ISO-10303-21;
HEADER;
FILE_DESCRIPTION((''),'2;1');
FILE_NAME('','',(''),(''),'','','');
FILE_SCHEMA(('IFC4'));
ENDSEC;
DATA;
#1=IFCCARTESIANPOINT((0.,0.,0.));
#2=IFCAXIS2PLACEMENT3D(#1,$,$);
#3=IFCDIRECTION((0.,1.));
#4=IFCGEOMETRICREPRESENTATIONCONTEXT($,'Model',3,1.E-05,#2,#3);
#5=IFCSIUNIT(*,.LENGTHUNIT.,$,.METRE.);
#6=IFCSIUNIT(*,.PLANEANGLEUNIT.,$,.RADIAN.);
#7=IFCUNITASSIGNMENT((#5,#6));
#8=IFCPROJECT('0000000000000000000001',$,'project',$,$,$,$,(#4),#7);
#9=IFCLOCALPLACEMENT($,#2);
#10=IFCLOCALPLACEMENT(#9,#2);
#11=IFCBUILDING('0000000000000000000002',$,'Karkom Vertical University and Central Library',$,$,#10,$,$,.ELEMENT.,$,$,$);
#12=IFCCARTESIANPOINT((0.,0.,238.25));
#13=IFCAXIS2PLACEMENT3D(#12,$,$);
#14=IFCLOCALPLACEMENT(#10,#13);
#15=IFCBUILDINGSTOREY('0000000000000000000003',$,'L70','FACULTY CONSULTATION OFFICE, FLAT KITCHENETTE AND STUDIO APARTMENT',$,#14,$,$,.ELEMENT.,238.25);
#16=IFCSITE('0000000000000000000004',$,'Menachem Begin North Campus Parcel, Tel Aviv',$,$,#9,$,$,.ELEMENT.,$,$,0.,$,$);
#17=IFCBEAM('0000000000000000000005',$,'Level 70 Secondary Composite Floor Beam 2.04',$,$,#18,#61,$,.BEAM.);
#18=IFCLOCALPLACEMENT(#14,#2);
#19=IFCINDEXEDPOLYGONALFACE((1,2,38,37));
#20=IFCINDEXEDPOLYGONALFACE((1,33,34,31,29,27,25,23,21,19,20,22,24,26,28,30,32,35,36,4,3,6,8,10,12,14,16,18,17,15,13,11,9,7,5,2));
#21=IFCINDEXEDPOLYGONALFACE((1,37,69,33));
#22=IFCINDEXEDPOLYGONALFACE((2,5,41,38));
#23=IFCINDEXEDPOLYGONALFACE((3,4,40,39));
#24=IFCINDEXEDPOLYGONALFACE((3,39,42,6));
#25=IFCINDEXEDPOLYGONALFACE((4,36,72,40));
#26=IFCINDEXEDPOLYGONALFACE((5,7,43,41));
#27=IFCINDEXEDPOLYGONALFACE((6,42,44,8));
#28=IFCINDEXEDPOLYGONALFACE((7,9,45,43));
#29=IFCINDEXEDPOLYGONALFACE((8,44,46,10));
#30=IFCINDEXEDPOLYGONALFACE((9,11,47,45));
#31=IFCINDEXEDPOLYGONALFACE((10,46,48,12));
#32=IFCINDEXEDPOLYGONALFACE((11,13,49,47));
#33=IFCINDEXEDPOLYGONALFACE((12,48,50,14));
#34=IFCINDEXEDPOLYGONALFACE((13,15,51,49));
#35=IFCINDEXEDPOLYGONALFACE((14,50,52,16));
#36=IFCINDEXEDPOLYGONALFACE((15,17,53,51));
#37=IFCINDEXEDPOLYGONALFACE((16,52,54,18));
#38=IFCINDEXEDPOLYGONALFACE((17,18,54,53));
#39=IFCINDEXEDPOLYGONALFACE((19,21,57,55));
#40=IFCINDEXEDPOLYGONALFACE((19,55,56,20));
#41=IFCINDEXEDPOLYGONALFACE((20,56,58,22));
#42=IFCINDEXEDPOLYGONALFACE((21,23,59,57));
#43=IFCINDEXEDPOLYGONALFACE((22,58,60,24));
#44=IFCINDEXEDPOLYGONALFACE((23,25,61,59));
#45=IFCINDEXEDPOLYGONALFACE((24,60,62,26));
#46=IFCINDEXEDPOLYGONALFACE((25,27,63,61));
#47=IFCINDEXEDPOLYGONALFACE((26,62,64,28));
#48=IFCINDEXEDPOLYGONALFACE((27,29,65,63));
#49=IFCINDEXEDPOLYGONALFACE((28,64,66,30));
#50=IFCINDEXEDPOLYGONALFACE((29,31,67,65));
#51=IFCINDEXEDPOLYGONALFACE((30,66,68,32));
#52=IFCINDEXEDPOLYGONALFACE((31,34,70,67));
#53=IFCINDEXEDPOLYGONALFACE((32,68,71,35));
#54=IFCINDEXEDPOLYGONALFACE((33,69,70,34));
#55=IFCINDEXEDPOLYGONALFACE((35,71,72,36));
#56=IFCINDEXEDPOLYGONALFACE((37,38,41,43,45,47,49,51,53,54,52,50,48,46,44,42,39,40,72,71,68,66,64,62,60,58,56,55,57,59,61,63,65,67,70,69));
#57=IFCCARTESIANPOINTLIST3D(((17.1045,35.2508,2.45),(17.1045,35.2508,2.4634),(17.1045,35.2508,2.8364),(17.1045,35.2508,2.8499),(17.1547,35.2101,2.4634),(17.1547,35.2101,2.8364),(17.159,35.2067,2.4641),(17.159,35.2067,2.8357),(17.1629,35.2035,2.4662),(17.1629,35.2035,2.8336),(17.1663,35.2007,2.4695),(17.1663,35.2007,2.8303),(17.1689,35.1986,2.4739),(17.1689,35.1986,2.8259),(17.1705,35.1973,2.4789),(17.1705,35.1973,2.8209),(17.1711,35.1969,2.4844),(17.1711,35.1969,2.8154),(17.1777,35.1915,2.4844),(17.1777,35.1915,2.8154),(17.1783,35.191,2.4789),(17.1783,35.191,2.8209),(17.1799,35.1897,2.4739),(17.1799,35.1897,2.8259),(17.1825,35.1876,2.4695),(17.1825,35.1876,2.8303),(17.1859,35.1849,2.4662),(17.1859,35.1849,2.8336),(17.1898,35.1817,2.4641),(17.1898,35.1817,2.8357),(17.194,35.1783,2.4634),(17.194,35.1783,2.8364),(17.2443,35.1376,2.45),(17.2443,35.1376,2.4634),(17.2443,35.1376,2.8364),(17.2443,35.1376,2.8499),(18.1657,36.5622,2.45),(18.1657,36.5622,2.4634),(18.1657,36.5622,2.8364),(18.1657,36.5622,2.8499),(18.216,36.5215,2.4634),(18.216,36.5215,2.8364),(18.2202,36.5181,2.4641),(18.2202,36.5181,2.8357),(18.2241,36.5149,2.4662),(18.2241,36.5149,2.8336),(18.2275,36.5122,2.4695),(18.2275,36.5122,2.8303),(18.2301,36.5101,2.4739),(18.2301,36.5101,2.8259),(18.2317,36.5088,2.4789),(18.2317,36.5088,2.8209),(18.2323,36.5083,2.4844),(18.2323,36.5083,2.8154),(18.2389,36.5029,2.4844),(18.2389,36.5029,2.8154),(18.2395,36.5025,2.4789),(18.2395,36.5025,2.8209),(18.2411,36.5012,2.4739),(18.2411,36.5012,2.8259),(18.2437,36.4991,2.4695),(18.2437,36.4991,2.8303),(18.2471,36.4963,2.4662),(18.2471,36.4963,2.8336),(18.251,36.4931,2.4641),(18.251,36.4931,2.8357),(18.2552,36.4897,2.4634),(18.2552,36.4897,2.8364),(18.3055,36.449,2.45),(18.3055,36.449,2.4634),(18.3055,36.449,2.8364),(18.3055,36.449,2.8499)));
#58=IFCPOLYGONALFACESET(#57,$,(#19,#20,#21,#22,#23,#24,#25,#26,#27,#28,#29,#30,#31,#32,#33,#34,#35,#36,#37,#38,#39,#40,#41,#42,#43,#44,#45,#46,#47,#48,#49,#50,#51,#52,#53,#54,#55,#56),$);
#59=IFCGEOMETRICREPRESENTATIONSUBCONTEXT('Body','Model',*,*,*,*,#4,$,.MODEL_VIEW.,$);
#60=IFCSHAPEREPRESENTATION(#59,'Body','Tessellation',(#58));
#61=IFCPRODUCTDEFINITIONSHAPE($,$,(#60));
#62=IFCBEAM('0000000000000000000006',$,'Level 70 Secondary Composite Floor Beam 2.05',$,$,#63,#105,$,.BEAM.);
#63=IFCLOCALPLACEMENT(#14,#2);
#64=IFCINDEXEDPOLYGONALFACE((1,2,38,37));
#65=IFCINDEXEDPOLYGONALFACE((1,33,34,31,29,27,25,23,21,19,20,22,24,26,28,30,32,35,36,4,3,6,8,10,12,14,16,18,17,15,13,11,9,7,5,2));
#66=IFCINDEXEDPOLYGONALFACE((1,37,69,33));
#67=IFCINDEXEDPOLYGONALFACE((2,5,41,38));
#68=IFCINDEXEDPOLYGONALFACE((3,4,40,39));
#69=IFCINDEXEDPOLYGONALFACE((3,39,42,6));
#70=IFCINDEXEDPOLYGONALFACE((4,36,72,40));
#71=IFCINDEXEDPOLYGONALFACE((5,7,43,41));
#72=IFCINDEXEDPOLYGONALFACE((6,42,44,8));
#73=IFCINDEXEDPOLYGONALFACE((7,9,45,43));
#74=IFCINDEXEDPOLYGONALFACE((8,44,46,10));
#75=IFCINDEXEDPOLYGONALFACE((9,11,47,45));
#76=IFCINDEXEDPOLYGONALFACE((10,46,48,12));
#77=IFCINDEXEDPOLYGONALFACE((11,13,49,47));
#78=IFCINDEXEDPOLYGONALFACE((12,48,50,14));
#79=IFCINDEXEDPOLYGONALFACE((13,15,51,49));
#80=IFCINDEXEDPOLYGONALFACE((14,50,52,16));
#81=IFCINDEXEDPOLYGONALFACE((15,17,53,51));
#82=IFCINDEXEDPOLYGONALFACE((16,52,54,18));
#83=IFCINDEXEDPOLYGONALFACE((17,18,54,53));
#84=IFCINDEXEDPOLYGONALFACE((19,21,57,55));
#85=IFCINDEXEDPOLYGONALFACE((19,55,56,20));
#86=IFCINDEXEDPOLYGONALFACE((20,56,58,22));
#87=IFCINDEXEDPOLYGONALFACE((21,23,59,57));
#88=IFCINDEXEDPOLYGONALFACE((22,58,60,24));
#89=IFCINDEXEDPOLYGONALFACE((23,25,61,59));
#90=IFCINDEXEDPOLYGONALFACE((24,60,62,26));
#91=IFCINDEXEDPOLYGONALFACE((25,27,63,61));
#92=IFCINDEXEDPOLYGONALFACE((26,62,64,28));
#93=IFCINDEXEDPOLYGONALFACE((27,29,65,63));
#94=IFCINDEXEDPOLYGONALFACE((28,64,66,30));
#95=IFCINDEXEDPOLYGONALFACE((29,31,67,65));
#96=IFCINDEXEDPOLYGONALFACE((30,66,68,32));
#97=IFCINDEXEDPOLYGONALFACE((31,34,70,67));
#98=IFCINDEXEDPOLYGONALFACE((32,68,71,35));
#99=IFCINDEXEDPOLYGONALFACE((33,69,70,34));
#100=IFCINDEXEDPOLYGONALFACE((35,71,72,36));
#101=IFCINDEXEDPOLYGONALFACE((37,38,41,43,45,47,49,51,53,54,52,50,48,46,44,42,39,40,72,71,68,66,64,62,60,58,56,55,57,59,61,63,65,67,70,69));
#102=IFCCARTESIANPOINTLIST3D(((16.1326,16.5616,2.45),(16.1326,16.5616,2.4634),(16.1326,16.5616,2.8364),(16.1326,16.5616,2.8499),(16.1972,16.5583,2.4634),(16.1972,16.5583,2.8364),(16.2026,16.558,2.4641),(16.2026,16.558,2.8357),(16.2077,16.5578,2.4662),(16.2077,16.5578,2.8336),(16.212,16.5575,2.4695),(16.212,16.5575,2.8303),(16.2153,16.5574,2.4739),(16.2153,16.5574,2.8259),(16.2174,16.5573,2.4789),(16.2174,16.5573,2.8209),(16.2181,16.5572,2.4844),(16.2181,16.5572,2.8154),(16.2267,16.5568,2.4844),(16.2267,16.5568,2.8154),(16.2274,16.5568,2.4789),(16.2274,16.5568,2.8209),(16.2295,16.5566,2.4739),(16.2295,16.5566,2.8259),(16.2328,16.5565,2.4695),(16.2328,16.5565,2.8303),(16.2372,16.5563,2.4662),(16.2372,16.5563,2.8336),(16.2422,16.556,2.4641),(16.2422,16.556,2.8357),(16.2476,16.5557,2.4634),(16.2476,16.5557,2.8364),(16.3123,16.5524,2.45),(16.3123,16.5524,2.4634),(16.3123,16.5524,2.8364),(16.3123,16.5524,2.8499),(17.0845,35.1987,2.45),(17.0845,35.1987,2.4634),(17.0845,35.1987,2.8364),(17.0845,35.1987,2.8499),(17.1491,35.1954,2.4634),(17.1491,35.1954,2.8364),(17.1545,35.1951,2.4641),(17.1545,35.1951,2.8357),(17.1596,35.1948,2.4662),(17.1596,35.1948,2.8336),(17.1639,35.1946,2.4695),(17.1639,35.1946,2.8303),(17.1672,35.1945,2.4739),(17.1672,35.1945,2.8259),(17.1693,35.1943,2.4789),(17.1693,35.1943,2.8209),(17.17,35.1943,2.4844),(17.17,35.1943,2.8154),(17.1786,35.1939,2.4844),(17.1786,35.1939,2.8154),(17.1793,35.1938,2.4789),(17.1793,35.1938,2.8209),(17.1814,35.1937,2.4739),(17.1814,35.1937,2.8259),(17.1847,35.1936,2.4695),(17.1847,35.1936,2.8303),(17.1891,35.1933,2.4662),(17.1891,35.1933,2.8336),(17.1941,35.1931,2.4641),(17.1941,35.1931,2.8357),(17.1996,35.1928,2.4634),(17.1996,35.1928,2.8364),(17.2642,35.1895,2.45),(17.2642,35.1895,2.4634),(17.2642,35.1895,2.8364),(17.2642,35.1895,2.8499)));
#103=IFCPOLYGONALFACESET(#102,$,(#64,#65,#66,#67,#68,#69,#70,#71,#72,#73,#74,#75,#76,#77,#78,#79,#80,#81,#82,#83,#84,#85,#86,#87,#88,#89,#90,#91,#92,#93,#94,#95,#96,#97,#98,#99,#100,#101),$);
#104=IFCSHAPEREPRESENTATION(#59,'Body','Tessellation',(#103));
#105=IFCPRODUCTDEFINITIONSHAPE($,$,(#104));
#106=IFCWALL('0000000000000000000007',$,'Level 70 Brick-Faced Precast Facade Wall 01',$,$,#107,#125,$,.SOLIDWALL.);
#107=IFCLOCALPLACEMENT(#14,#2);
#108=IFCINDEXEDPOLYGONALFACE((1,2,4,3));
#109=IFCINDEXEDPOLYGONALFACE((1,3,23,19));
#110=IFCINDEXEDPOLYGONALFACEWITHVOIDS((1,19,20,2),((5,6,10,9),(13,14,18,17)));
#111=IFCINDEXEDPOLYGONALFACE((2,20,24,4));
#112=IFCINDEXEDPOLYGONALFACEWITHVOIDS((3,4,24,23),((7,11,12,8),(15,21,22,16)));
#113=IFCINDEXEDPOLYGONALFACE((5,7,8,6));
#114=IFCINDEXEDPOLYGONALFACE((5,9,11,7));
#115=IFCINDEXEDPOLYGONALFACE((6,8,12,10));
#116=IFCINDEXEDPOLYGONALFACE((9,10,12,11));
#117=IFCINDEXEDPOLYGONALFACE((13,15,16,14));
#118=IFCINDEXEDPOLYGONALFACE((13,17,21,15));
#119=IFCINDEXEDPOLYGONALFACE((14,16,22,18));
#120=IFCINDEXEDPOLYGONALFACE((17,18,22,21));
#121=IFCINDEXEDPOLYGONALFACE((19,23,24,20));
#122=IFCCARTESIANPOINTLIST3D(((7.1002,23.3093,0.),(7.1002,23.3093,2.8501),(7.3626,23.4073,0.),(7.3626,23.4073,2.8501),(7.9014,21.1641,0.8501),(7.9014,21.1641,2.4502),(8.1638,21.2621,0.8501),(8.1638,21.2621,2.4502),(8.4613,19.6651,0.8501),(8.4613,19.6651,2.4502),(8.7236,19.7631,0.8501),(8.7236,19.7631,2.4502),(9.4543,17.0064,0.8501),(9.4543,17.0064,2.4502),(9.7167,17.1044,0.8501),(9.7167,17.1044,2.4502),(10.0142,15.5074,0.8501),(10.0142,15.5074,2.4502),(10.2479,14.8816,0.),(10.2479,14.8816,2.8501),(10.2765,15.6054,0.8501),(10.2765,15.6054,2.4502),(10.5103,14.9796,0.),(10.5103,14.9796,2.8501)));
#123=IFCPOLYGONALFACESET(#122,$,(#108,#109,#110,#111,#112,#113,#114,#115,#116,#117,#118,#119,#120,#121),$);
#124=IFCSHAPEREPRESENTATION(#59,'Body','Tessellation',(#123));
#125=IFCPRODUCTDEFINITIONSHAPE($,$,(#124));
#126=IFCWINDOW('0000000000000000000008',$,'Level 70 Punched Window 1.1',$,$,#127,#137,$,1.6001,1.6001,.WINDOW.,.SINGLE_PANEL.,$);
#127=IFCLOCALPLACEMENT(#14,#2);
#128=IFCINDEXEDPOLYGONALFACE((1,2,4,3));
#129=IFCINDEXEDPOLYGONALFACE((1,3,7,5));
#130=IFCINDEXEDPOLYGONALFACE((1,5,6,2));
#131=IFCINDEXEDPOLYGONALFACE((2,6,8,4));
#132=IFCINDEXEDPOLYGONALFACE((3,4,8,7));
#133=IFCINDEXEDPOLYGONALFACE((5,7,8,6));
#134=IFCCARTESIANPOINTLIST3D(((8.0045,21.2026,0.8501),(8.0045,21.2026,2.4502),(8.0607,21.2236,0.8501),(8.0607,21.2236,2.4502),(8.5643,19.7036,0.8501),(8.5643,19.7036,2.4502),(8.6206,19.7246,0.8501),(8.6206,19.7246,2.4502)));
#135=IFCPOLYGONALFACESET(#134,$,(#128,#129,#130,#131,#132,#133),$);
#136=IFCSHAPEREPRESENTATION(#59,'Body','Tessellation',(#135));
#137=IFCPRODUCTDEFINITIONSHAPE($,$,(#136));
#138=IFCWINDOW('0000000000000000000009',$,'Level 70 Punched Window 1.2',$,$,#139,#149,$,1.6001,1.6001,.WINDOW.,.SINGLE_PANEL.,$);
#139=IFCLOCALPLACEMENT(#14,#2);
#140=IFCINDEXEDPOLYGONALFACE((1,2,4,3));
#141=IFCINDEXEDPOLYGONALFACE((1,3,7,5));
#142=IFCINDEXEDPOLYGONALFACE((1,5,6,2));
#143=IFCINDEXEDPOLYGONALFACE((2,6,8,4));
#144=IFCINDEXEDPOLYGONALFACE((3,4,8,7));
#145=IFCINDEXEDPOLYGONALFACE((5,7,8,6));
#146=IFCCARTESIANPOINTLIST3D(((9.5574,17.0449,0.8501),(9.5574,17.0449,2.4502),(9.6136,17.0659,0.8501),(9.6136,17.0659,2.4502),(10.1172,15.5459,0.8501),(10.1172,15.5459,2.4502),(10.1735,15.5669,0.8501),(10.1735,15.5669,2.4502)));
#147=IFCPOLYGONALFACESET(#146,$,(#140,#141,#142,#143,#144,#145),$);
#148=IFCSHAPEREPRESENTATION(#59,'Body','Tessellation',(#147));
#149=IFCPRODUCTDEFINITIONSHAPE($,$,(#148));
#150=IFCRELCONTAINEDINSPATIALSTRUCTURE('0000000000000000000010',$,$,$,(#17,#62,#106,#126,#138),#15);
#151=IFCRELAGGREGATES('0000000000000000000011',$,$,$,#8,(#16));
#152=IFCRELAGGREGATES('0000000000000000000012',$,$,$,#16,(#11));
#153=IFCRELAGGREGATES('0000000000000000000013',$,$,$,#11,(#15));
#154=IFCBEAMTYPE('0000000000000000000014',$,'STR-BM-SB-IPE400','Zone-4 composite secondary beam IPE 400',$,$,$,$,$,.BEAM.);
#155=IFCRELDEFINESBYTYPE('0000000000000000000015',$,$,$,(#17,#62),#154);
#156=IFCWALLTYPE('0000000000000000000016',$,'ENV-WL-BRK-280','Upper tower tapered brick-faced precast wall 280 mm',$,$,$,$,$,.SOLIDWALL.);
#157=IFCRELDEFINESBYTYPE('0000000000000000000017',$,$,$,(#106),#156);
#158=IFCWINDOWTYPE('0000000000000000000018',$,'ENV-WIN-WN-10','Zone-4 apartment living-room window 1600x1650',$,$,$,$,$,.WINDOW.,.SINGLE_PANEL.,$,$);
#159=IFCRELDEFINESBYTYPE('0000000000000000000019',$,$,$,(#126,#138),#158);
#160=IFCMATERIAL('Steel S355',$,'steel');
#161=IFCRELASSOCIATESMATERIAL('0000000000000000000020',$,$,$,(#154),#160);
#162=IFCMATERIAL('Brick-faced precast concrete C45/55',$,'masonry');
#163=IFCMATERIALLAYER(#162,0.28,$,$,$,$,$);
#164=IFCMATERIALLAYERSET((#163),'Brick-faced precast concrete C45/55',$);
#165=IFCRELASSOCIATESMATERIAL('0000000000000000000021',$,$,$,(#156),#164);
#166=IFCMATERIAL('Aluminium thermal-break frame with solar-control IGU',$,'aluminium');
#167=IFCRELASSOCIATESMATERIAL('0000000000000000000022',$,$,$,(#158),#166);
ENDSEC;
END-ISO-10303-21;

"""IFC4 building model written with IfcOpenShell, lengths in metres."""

from ifc_helpers import new_model, si_unit, direction, frame, frame_2d, origin, origin_with_axes, origin_2d, place, context, subcontext, project, spatial, rectangle, i_section, extrude, source, transform, mapped, material, layer, layer_set, material_profile, profile_set, type_object, element, fill, save


model = new_model("IFC4")

# Units and contexts
model_context = context("Model", 3, precision=1e-05, world=origin(), true_north=direction((0.0, 1.0)))
body_context = subcontext(model_context, "Body", "Model", "MODEL_VIEW")
ifc_project = project(units=[si_unit("LENGTHUNIT", "METRE"), si_unit("PLANEANGLEUNIT", "RADIAN")], contexts=[model_context])

# Site, building, storey
site_placement = place(None, origin())
site = spatial("IfcSite", under=ifc_project, at=site_placement, Name="Menachem Begin North Campus Parcel, Tel Aviv", CompositionType="ELEMENT", RefElevation=0.0)
building_placement = place(site_placement, origin())
building = spatial("IfcBuilding", under=site, at=building_placement, Name="Karkom Vertical University and Central Library", CompositionType="ELEMENT")
storey_placement = place(building_placement, frame((0.0, 0.0, 238.25)))
storey = spatial("IfcBuildingStorey", under=building, at=storey_placement, Name="L70", Description="FACULTY CONSULTATION OFFICE, FLAT KITCHENETTE AND STUDIO APARTMENT", CompositionType="ELEMENT", Elevation=238.25)

# Beams
ifc_material_1 = material(Name="Steel S355", Category="steel")
ifc_material_profile_1 = material_profile(ifc_material_1, i_section(OverallWidth=0.1799, OverallDepth=0.3999, WebThickness=0.0085, FlangeThickness=0.0134, FilletRadius=0.021, at=origin_2d()), Name="IPE 400")
ifc_profile_set_1 = profile_set([ifc_material_profile_1], Name="Steel S355")
beam_type_1 = type_object("IfcBeamType", Name="STR-BM-SB-IPE400", Description="Zone-4 composite secondary beam IPE 400", PredefinedType="BEAM", material=ifc_profile_set_1)
shared_shape_1 = source(origin_with_axes(), body_context, "Body", "SweptSolid", [
    extrude(i_section(OverallWidth=0.1799, OverallDepth=0.3999, WebThickness=0.0085, FlangeThickness=0.0134, FilletRadius=0.021, at=origin_2d()), origin(), (0.0, 0.0, 1.0), 1.687),
])
beam_1_placement = place(storey_placement, frame((18.2356, 36.5056, 2.6499), z_axis=(-0.629044, -0.77737, 0.0), x_axis=(0.77737, -0.629044, 0.0)))
element("IfcBeam", 1, at=beam_1_placement, inside=storey, type_object=beam_type_1, Name="Level 70 Secondary Composite Floor Beam 2.04", PredefinedType="BEAM", context=body_context, shape_type="MappedRepresentation", body=[
    mapped(shared_shape_1, transform((0.0, 0.0, 0.0), scale=1.0)),
])
shared_shape_2 = source(origin_with_axes(), body_context, "Body", "SweptSolid", [
    extrude(i_section(OverallWidth=0.1799, OverallDepth=0.3999, WebThickness=0.0085, FlangeThickness=0.0134, FilletRadius=0.021, at=origin_2d()), origin(), (0.0, 0.0, 1.0), 18.6614),
])
beam_2_placement = place(storey_placement, frame((17.1743, 35.1941, 2.6499), z_axis=(-0.05101, -0.998698, 0.0), x_axis=(0.998698, -0.05101, 0.0)))
element("IfcBeam", 2, at=beam_2_placement, inside=storey, type_object=beam_type_1, Name="Level 70 Secondary Composite Floor Beam 2.05", PredefinedType="BEAM", context=body_context, shape_type="MappedRepresentation", body=[
    mapped(shared_shape_2, transform((0.0, 0.0, 0.0), scale=1.0)),
])

# Wall, openings, windows
ifc_material_2 = material(Name="Brick-faced precast concrete C45/55", Category="masonry")
ifc_layer_1 = layer(ifc_material_2, 0.28)
ifc_layer_set_1 = layer_set([ifc_layer_1], Name="Brick-faced precast concrete C45/55")
wall_type_1 = type_object("IfcWallType", Name="ENV-WL-BRK-280", Description="Upper tower tapered brick-faced precast wall 280 mm", PredefinedType="SOLIDWALL", material=ifc_layer_set_1)
wall_1_placement = place(storey_placement, frame((7.2314, 23.3582, 0.0), z_axis=(0.0, 0.0, 1.0), x_axis=(0.349886, -0.936792, 0.0)))
wall_1 = element("IfcWall", 3, at=wall_1_placement, inside=storey, type_object=wall_type_1, Name="Level 70 Brick-Faced Precast Facade Wall 01", PredefinedType="SOLIDWALL", context=body_context, shape_type="SweptSolid", body=[
    extrude(rectangle(XDim=8.9963, YDim=0.28, at=frame_2d((4.498, 0.0))), origin(), (0.0, 0.0, 1.0), 2.8501),
])
opening_1_placement = place(wall_1_placement, frame((2.2898, 0.0, 0.8501)))
opening_1 = element("IfcOpeningElement", 4, at=opening_1_placement, cuts=wall_1, PredefinedType="OPENING", context=body_context, shape_type="SweptSolid", body=[
    extrude(rectangle(XDim=1.6001, YDim=1.6001, at=frame_2d((0.8, 0.8))), frame((0.0, 0.1499, 0.0), z_axis=(0.0, -1.0, 0.0), x_axis=(1.0, 0.0, 0.0)), (0.0, 0.0, 1.0), 0.3),
])
opening_2_placement = place(wall_1_placement, frame((6.728, 0.0, 0.8501)))
opening_2 = element("IfcOpeningElement", 5, at=opening_2_placement, cuts=wall_1, PredefinedType="OPENING", context=body_context, shape_type="SweptSolid", body=[
    extrude(rectangle(XDim=1.6001, YDim=1.6001, at=frame_2d((0.8, 0.8))), frame((0.0, 0.1499, 0.0), z_axis=(0.0, -1.0, 0.0), x_axis=(1.0, 0.0, 0.0)), (0.0, 0.0, 1.0), 0.3),
])
ifc_material_3 = material(Name="Aluminium thermal-break frame with solar-control IGU", Category="aluminium")
window_type = type_object("IfcWindowType", Name="ENV-WIN-WN-10", Description="Zone-4 apartment living-room window 1600x1650", PartitioningType="SINGLE_PANEL", PredefinedType="WINDOW", material=ifc_material_3)
shared_shape_3 = source(origin_with_axes(), body_context, "Body", "SweptSolid", [
    extrude(rectangle(XDim=1.6001, YDim=1.6001, at=frame_2d((0.8, 0.8))), frame((0.0, 0.03, 0.0), z_axis=(0.0, -1.0, 0.0), x_axis=(1.0, 0.0, 0.0)), (0.0, 0.0, 1.0), 0.0601),
])
window_1_placement = place(opening_1_placement, origin())
window_1 = element("IfcWindow", 6, at=window_1_placement, inside=storey, type_object=window_type, Name="Level 70 Punched Window 1.1", OverallHeight=1.6001, OverallWidth=1.6001, PartitioningType="SINGLE_PANEL", PredefinedType="WINDOW", context=body_context, shape_type="MappedRepresentation", body=[
    mapped(shared_shape_3, transform((0.0, 0.0, 0.0), scale=1.0)),
])
fill(opening_1, window_1)
window_2_placement = place(opening_2_placement, origin())
window_2 = element("IfcWindow", 7, at=window_2_placement, inside=storey, type_object=window_type, Name="Level 70 Punched Window 1.2", OverallHeight=1.6001, OverallWidth=1.6001, PartitioningType="SINGLE_PANEL", PredefinedType="WINDOW", context=body_context, shape_type="MappedRepresentation", body=[
    mapped(shared_shape_3, transform((0.0, 0.0, 0.0), scale=1.0)),
])
fill(opening_2, window_2)

save(model, "model.ifc")
